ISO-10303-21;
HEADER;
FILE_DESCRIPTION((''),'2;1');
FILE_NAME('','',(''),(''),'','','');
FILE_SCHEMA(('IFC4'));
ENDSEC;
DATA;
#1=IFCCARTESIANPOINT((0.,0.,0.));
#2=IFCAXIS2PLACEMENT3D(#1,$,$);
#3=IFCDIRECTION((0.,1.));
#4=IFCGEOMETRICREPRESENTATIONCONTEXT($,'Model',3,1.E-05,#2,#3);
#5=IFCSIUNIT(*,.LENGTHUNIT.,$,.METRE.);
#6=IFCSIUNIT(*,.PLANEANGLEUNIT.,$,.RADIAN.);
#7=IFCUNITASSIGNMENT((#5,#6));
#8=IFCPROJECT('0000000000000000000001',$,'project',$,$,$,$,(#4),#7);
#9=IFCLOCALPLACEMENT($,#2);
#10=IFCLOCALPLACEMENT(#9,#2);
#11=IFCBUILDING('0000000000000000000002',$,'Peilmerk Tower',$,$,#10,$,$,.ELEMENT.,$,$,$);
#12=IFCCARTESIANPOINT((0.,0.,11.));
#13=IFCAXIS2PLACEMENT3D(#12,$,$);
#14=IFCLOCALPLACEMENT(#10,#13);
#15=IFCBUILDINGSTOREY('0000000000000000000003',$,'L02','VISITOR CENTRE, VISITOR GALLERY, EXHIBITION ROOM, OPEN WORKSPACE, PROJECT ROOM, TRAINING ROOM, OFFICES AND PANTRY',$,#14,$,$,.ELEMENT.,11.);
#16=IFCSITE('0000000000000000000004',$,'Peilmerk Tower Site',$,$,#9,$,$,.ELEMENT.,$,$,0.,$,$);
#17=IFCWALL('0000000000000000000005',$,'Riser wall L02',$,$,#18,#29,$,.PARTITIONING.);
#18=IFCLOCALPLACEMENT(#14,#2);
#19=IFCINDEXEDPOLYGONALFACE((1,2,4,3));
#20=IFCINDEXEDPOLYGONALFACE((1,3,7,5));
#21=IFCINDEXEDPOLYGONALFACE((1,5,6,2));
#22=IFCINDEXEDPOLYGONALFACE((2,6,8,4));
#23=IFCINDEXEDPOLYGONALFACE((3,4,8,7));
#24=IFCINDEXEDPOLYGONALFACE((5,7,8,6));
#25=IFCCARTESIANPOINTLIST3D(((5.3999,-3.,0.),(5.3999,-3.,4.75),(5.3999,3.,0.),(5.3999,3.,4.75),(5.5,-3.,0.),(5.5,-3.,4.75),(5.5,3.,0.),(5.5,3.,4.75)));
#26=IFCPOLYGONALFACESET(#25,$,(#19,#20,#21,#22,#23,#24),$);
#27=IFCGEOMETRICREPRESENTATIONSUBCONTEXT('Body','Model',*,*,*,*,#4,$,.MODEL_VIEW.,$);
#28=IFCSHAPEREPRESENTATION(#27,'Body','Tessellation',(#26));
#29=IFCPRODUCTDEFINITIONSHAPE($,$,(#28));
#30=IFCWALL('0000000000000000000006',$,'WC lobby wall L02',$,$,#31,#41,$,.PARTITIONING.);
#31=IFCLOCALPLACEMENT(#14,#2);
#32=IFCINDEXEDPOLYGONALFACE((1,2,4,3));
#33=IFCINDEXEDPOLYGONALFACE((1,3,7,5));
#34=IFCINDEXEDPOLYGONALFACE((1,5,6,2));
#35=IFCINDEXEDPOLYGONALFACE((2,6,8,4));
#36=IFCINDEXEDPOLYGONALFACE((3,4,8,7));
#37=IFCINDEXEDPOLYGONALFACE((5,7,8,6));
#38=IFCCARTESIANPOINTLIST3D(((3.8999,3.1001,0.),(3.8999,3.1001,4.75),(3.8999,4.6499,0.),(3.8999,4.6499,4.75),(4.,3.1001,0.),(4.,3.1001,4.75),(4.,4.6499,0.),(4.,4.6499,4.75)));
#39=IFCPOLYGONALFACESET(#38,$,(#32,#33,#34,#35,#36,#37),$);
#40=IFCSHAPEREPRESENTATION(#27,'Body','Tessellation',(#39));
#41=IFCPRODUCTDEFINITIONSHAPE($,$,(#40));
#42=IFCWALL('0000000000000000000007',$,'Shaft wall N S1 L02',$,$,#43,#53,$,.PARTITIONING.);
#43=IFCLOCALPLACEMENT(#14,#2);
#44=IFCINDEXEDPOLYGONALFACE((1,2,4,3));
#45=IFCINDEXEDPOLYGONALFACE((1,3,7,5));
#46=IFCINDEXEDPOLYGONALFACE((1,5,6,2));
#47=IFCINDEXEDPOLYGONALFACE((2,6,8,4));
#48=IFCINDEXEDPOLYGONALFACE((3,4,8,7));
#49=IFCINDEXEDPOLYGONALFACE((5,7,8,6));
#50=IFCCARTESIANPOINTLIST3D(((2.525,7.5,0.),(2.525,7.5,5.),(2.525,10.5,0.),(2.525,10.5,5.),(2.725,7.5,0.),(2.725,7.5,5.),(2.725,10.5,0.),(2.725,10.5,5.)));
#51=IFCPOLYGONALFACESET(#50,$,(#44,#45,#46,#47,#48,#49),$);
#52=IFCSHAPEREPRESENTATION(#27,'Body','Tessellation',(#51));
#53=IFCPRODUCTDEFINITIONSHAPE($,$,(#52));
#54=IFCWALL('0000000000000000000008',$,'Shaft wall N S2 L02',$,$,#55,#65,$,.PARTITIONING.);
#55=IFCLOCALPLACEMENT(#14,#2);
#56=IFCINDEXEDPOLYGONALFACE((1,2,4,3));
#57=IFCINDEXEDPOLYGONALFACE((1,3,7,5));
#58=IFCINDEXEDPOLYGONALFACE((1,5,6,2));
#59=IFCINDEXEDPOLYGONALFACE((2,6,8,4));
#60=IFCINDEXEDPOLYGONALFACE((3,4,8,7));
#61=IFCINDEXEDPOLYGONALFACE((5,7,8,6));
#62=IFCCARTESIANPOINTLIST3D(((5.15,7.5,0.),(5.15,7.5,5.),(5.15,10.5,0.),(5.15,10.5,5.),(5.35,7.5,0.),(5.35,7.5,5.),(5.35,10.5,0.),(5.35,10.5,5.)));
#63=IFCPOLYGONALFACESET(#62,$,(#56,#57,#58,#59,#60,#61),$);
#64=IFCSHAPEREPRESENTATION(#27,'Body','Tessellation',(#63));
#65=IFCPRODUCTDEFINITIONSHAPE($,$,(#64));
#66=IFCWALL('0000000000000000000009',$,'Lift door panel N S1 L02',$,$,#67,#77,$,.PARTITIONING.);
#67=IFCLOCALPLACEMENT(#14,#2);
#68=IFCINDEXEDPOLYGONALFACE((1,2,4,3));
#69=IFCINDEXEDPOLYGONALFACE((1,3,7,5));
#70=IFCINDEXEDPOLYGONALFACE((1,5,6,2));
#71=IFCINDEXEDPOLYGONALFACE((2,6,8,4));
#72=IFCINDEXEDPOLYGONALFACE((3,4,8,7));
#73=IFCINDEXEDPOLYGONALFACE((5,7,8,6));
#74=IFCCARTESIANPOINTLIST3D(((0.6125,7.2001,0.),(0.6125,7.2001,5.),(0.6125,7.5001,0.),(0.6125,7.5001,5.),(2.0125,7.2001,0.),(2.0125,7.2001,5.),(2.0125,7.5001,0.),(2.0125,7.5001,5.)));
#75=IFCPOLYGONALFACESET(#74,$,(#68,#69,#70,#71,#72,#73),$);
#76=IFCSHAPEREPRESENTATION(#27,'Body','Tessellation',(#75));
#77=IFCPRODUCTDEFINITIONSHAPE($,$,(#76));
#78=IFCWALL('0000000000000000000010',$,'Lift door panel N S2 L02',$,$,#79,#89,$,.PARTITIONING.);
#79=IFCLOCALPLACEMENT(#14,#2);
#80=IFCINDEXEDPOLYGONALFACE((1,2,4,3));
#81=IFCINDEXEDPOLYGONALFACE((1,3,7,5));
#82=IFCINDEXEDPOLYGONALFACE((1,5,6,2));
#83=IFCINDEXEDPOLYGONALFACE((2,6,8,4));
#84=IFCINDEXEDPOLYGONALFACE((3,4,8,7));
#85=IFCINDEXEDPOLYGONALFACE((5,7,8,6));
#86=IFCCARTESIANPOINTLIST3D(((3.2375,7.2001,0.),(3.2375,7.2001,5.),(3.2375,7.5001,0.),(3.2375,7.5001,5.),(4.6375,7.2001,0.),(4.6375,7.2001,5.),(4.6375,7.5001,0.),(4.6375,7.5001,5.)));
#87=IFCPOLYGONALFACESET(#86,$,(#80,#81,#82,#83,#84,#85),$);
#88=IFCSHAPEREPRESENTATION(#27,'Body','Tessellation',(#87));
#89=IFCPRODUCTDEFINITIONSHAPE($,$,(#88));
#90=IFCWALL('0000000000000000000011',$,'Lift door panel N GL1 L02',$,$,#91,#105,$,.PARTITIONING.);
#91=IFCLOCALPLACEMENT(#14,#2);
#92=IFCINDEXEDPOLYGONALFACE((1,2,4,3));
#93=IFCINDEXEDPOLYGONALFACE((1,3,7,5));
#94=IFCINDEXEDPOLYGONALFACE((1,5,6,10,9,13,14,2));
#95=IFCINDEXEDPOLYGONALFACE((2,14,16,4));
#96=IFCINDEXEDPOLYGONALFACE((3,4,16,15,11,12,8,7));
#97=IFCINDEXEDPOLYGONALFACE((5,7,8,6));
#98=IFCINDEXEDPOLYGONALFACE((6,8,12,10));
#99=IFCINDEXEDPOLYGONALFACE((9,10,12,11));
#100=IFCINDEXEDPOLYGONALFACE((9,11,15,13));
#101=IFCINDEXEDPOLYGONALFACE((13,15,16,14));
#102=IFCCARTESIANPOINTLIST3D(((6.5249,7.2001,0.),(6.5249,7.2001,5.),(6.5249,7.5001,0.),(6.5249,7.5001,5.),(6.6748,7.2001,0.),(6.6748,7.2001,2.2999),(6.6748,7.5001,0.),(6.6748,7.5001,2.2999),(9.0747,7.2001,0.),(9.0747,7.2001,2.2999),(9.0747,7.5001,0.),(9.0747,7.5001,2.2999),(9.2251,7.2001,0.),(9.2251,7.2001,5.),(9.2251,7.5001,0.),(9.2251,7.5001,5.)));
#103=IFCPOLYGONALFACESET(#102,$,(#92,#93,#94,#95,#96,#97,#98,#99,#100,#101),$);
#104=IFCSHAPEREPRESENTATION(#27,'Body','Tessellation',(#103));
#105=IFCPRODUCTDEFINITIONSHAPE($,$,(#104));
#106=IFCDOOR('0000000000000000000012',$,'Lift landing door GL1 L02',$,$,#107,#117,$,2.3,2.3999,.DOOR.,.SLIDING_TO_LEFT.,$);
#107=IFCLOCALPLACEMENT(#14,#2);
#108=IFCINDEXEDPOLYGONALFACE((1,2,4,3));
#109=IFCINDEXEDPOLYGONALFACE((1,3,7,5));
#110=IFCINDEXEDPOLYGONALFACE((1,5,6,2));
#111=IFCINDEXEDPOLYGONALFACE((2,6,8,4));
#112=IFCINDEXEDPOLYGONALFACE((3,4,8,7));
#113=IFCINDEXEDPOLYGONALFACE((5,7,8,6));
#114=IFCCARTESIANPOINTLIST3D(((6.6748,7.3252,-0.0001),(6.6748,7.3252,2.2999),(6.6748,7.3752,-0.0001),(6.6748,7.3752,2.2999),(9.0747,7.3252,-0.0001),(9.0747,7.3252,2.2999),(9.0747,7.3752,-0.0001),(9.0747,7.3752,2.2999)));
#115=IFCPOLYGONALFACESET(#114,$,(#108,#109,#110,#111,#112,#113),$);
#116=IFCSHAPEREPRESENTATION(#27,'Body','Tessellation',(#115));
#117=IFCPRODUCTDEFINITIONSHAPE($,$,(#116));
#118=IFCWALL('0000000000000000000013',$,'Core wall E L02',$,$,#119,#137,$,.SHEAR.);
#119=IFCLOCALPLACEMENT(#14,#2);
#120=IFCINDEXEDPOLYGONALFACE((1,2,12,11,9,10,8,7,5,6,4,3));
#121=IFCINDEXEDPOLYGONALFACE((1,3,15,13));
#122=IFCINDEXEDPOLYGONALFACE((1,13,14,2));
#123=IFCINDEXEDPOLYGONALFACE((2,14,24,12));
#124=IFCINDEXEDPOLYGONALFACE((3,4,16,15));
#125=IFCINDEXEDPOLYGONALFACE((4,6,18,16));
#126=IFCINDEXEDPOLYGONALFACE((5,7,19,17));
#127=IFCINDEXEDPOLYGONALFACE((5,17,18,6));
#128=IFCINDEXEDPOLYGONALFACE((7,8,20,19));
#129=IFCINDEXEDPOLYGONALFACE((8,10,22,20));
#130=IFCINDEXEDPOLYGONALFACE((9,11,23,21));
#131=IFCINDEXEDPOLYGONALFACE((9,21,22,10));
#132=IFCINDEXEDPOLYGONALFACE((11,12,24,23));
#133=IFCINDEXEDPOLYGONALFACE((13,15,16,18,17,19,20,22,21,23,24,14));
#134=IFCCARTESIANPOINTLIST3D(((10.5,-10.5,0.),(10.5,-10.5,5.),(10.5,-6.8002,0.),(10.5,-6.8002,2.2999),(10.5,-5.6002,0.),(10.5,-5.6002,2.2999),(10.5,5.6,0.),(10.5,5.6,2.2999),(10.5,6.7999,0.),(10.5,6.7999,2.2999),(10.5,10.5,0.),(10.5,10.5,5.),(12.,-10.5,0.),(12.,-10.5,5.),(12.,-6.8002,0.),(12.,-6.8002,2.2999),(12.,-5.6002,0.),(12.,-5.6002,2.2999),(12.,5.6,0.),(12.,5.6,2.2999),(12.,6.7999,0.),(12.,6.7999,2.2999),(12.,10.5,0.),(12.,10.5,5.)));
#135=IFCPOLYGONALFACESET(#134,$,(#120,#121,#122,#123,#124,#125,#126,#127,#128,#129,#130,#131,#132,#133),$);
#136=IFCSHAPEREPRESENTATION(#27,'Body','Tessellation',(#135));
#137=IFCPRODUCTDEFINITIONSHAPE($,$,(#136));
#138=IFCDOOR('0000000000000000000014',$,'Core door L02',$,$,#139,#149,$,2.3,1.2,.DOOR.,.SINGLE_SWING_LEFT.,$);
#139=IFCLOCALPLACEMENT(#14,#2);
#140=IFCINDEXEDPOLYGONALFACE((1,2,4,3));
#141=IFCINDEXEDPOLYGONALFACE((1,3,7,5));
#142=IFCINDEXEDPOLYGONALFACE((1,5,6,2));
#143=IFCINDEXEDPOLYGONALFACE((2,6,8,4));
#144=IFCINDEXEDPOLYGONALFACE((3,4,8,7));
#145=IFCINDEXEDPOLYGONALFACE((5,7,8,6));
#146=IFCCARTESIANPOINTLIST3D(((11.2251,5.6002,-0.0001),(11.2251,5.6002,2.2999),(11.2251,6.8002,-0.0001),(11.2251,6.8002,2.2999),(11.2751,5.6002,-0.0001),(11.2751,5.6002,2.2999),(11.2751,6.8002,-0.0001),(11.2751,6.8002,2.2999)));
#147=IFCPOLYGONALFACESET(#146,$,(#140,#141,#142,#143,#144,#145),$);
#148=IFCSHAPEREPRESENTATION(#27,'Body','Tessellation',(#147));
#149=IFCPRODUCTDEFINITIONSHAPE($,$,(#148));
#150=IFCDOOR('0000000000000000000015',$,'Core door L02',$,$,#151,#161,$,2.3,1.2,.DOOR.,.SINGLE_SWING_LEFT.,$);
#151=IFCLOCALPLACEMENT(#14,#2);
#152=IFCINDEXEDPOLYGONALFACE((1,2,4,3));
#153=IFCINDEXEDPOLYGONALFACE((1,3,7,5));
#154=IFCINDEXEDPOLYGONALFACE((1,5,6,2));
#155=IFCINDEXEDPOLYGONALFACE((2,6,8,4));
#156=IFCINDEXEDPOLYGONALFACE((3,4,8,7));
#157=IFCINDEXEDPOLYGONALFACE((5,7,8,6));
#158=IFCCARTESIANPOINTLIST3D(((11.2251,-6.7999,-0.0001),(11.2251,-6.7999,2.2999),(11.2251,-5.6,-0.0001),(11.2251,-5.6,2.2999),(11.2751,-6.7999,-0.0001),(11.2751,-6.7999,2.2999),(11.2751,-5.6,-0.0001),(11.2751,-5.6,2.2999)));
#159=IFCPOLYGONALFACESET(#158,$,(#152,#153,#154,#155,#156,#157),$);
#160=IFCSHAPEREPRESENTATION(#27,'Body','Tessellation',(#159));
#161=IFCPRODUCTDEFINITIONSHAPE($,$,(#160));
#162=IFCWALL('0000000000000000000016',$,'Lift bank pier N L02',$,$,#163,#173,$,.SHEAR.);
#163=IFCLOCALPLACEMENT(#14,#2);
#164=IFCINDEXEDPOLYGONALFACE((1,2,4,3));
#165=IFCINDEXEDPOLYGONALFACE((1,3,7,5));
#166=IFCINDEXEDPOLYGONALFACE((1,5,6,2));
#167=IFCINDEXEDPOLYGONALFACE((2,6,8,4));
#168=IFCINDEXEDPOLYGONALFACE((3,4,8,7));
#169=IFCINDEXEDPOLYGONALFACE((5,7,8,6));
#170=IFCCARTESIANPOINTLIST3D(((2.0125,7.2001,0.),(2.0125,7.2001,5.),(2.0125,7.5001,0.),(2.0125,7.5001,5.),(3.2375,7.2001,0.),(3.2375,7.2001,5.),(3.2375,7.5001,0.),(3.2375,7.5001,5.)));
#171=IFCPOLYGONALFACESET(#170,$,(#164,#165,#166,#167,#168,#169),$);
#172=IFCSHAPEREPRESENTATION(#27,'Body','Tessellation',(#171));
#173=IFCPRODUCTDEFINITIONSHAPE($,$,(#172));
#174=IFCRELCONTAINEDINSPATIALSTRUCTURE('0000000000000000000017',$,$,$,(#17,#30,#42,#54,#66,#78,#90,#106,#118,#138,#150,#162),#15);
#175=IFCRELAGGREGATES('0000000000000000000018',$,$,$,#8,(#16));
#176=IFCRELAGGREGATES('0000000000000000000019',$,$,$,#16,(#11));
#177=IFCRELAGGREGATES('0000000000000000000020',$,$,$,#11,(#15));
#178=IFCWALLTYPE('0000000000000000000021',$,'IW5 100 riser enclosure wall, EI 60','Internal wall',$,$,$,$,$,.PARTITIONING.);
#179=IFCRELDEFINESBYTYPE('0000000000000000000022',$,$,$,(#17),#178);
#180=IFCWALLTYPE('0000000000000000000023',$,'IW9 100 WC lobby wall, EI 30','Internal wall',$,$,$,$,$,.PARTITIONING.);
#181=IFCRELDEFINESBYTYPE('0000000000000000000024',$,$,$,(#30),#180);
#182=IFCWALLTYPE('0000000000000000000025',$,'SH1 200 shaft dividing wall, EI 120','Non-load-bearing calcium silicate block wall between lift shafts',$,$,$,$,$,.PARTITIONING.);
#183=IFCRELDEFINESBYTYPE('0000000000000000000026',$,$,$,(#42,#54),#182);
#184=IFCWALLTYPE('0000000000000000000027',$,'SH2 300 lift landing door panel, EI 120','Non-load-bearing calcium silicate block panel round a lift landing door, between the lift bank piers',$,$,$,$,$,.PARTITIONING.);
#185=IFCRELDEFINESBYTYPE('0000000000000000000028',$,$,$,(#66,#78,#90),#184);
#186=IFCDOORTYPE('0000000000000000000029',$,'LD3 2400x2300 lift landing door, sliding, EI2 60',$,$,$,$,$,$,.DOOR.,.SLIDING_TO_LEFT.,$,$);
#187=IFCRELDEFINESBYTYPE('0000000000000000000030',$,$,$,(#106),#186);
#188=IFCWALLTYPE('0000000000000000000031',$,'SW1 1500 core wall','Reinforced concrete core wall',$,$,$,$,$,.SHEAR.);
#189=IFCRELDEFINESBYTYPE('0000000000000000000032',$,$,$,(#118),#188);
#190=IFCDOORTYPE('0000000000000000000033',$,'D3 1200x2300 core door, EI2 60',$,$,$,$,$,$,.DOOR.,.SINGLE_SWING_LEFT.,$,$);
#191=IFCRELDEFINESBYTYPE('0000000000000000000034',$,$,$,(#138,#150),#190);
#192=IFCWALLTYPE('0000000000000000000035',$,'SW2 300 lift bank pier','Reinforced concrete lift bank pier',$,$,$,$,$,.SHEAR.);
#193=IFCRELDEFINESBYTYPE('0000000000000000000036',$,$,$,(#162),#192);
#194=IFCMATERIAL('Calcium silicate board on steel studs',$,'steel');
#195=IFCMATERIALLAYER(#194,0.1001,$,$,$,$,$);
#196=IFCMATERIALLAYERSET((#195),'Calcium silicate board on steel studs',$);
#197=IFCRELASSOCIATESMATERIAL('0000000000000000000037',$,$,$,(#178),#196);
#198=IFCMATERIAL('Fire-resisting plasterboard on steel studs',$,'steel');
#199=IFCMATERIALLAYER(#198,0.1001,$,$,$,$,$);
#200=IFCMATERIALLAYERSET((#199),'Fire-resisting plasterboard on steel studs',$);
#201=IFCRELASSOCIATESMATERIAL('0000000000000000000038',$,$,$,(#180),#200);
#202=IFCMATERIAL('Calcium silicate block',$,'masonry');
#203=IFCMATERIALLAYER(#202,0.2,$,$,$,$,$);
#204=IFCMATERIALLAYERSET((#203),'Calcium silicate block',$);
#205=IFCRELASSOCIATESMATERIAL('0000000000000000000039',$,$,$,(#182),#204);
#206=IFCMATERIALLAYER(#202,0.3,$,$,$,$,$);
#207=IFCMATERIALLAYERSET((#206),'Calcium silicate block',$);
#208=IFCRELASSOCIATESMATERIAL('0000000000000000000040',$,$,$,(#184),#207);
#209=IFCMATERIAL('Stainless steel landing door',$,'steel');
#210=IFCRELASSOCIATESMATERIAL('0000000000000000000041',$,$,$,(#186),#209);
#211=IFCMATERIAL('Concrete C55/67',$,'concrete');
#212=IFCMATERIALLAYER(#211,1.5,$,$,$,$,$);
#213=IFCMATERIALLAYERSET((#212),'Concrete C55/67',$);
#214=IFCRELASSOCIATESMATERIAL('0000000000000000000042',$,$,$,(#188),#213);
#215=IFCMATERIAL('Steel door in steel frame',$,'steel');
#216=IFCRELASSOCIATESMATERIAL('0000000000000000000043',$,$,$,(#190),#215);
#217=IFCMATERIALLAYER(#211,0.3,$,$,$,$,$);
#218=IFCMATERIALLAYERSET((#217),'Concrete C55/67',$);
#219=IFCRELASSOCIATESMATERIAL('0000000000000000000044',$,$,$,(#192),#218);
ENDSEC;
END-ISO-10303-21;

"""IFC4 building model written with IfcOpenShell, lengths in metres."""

from ifc_helpers import new_model, si_unit, direction, frame, frame_2d, origin, place, context, subcontext, project, spatial, rectangle, extrude, material, layer, layer_set, type_object, element, fill, save


model = new_model("IFC4")

# Units and contexts
model_context = context("Model", 3, precision=1e-05, world=origin(), true_north=direction((0.0, 1.0)))
body_context = subcontext(model_context, "Body", "Model", "MODEL_VIEW")
ifc_project = project(units=[si_unit("LENGTHUNIT", "METRE"), si_unit("PLANEANGLEUNIT", "RADIAN")], contexts=[model_context])

# Site, building, storey
site_placement = place(None, origin())
site = spatial("IfcSite", under=ifc_project, at=site_placement, Name="Peilmerk Tower Site", CompositionType="ELEMENT", RefElevation=0.0)
building_placement = place(site_placement, origin())
building = spatial("IfcBuilding", under=site, at=building_placement, Name="Peilmerk Tower", CompositionType="ELEMENT")
storey_placement = place(building_placement, frame((0.0, 0.0, 11.0)))
storey = spatial("IfcBuildingStorey", under=building, at=storey_placement, Name="L02", Description="VISITOR CENTRE, VISITOR GALLERY, EXHIBITION ROOM, OPEN WORKSPACE, PROJECT ROOM, TRAINING ROOM, OFFICES AND PANTRY", CompositionType="ELEMENT", Elevation=11.0)

# Shared definitions
ifc_material_1 = material(Name="Calcium silicate board on steel studs", Category="steel")
ifc_layer_1 = layer(ifc_material_1, 0.1001)
ifc_layer_set_1 = layer_set([ifc_layer_1], Name="Calcium silicate board on steel studs")
wall_type_1 = type_object("IfcWallType", Name="IW5 100 riser enclosure wall, EI 60", Description="Internal wall", PredefinedType="PARTITIONING", material=ifc_layer_set_1)
ifc_material_2 = material(Name="Steel door in steel frame", Category="steel")

# Walls
wall_1_placement = place(storey_placement, frame((5.45, 3.0, 0.0), z_axis=(0.0, 0.0, 1.0), x_axis=(0.0, -1.0, 0.0)))
element("IfcWall", 1, at=wall_1_placement, inside=storey, type_object=wall_type_1, Name="Riser wall L02", PredefinedType="PARTITIONING", context=body_context, shape_type="SweptSolid", body=[
    extrude(rectangle(XDim=6.0, YDim=0.1001, at=frame_2d((3.0, 0.0))), origin(), (0.0, 0.0, 1.0), 4.75),
])
ifc_material_3 = material(Name="Fire-resisting plasterboard on steel studs", Category="steel")
ifc_layer_2 = layer(ifc_material_3, 0.1001)
ifc_layer_set_2 = layer_set([ifc_layer_2], Name="Fire-resisting plasterboard on steel studs")
wall_type_2 = type_object("IfcWallType", Name="IW9 100 WC lobby wall, EI 30", Description="Internal wall", PredefinedType="PARTITIONING", material=ifc_layer_set_2)
wall_2_placement = place(storey_placement, frame((3.95, 3.1001, 0.0), z_axis=(0.0, 0.0, 1.0), x_axis=(0.0, 1.0, 0.0)))
element("IfcWall", 2, at=wall_2_placement, inside=storey, type_object=wall_type_2, Name="WC lobby wall L02", PredefinedType="PARTITIONING", context=body_context, shape_type="SweptSolid", body=[
    extrude(rectangle(XDim=1.5498, YDim=0.1001, at=frame_2d((0.7749, 0.0))), origin(), (0.0, 0.0, 1.0), 4.75),
])
ifc_material_4 = material(Name="Calcium silicate block", Category="masonry")
ifc_layer_3 = layer(ifc_material_4, 0.2)
ifc_layer_set_3 = layer_set([ifc_layer_3], Name="Calcium silicate block")
wall_type_3 = type_object("IfcWallType", Name="SH1 200 shaft dividing wall, EI 120", Description="Non-load-bearing calcium silicate block wall between lift shafts", PredefinedType="PARTITIONING", material=ifc_layer_set_3)
for number, where, z_axis, x_axis, name in (
    (3, (2.625, 7.5, 0.0), (0.0, 0.0, 1.0), (0.0, 1.0, 0.0), "Shaft wall N S1 L02"),
    (4, (5.25, 7.5, 0.0), (0.0, 0.0, 1.0), (0.0, 1.0, 0.0), "Shaft wall N S2 L02"),
):
    element("IfcWall", number, at=place(storey_placement, frame(where, z_axis=z_axis, x_axis=x_axis)), inside=storey, type_object=wall_type_3, Name=name, PredefinedType="PARTITIONING", context=body_context, shape_type="SweptSolid", body=[
        extrude(rectangle(XDim=3.0, YDim=0.2, at=frame_2d((1.5, 0.0))), origin(), (0.0, 0.0, 1.0), 5.0),
    ])
ifc_layer_4 = layer(ifc_material_4, 0.3)
ifc_layer_set_4 = layer_set([ifc_layer_4], Name="Calcium silicate block")
wall_type_4 = type_object("IfcWallType", Name="SH2 300 lift landing door panel, EI 120", Description="Non-load-bearing calcium silicate block panel round a lift landing door, between the lift bank piers", PredefinedType="PARTITIONING", material=ifc_layer_set_4)
for number, where, z_axis, x_axis, name in (
    (5, (0.6125, 7.3501, 0.0), (0.0, 0.0, 1.0), (1.0, 0.0, 0.0), "Lift door panel N S1 L02"),
    (6, (3.2375, 7.3501, 0.0), (0.0, 0.0, 1.0), (1.0, 0.0, 0.0), "Lift door panel N S2 L02"),
):
    element("IfcWall", number, at=place(storey_placement, frame(where, z_axis=z_axis, x_axis=x_axis)), inside=storey, type_object=wall_type_4, Name=name, PredefinedType="PARTITIONING", context=body_context, shape_type="SweptSolid", body=[
        extrude(rectangle(XDim=1.3999, YDim=0.3, at=frame_2d((0.7, 0.0))), origin(), (0.0, 0.0, 1.0), 5.0),
    ])

# Wall, opening, door
wall_3_placement = place(storey_placement, frame((6.5249, 7.3501, 0.0), z_axis=(0.0, 0.0, 1.0), x_axis=(1.0, 0.0, 0.0)))
wall_3 = element("IfcWall", 7, at=wall_3_placement, inside=storey, type_object=wall_type_4, Name="Lift door panel N GL1 L02", PredefinedType="PARTITIONING", context=body_context, shape_type="SweptSolid", body=[
    extrude(rectangle(XDim=2.7002, YDim=0.3, at=frame_2d((1.3501, 0.0))), origin(), (0.0, 0.0, 1.0), 5.0),
])
opening_1_placement = place(wall_3_placement, frame((0.1499, 0.0, 0.0)))
opening_1 = element("IfcOpeningElement", 8, at=opening_1_placement, cuts=wall_3, PredefinedType="OPENING", context=body_context, shape_type="SweptSolid", body=[
    extrude(rectangle(XDim=2.3999, YDim=2.3, at=frame_2d((1.2, 1.1499))), frame((0.0, 0.1599, 0.0), z_axis=(0.0, -1.0, 0.0), x_axis=(1.0, 0.0, 0.0)), (0.0, 0.0, 1.0), 0.3201),
])
ifc_material_5 = material(Name="Stainless steel landing door", Category="steel")
door_type_1 = type_object("IfcDoorType", Name="LD3 2400x2300 lift landing door, sliding, EI2 60", OperationType="SLIDING_TO_LEFT", PredefinedType="DOOR", material=ifc_material_5)
door_1_placement = place(opening_1_placement, frame((2.3999, 0.0, 0.0), z_axis=(0.0, 0.0, 1.0), x_axis=(-1.0, 0.0, 0.0)))
door_1 = element("IfcDoor", 9, at=door_1_placement, inside=storey, type_object=door_type_1, Name="Lift landing door GL1 L02", OperationType="SLIDING_TO_LEFT", OverallHeight=2.3, OverallWidth=2.3999, PredefinedType="DOOR", context=body_context, shape_type="SweptSolid", body=[
    extrude(rectangle(XDim=2.3999, YDim=2.3, at=frame_2d((1.2, 1.1499))), frame((0.0, 0.0249, 0.0), z_axis=(0.0, -1.0, 0.0), x_axis=(1.0, 0.0, 0.0)), (0.0, 0.0, 1.0), 0.05),
])
fill(opening_1, door_1)

# Wall, openings, doors
ifc_material_6 = material(Name="Concrete C55/67", Category="concrete")
ifc_layer_5 = layer(ifc_material_6, 1.5)
ifc_layer_set_5 = layer_set([ifc_layer_5], Name="Concrete C55/67")
wall_type_5 = type_object("IfcWallType", Name="SW1 1500 core wall", Description="Reinforced concrete core wall", PredefinedType="SHEAR", material=ifc_layer_set_5)
wall_4_placement = place(storey_placement, frame((11.25, 10.5, 0.0), z_axis=(0.0, 0.0, 1.0), x_axis=(0.0, -1.0, 0.0)))
wall_4 = element("IfcWall", 10, at=wall_4_placement, inside=storey, type_object=wall_type_5, Name="Core wall E L02", PredefinedType="SHEAR", context=body_context, shape_type="SweptSolid", body=[
    extrude(rectangle(XDim=21.0, YDim=1.5, at=frame_2d((10.5, 0.0))), origin(), (0.0, 0.0, 1.0), 5.0),
])
opening_2_placement = place(wall_4_placement, frame((3.7, 0.0, 0.0)))
opening_2 = element("IfcOpeningElement", 11, at=opening_2_placement, cuts=wall_4, PredefinedType="OPENING", context=body_context, shape_type="SweptSolid", body=[
    extrude(rectangle(XDim=1.2, YDim=2.3, at=frame_2d((0.6001, 1.1499))), frame((0.0, 0.76, 0.0), z_axis=(0.0, -1.0, 0.0), x_axis=(1.0, 0.0, 0.0)), (0.0, 0.0, 1.0), 1.52),
])
opening_3_placement = place(wall_4_placement, frame((16.1001, 0.0, 0.0)))
opening_3 = element("IfcOpeningElement", 12, at=opening_3_placement, cuts=wall_4, PredefinedType="OPENING", context=body_context, shape_type="SweptSolid", body=[
    extrude(rectangle(XDim=1.2, YDim=2.3, at=frame_2d((0.6001, 1.1499))), frame((0.0, 0.76, 0.0), z_axis=(0.0, -1.0, 0.0), x_axis=(1.0, 0.0, 0.0)), (0.0, 0.0, 1.0), 1.52),
])
door_type_2 = type_object("IfcDoorType", Name="D3 1200x2300 core door, EI2 60", OperationType="SINGLE_SWING_LEFT", PredefinedType="DOOR", material=ifc_material_2)
door_2_placement = place(opening_2_placement, frame((1.2, 0.0, 0.0), z_axis=(0.0, 0.0, 1.0), x_axis=(-1.0, 0.0, 0.0)))
door_2 = element("IfcDoor", 13, at=door_2_placement, inside=storey, type_object=door_type_2, Name="Core door L02", OperationType="SINGLE_SWING_LEFT", OverallHeight=2.3, OverallWidth=1.2, PredefinedType="DOOR", context=body_context, shape_type="SweptSolid", body=[
    extrude(rectangle(XDim=1.2, YDim=2.3, at=frame_2d((0.6001, 1.1499))), frame((0.0, 0.0249, 0.0), z_axis=(0.0, -1.0, 0.0), x_axis=(1.0, 0.0, 0.0)), (0.0, 0.0, 1.0), 0.05),
])
fill(opening_2, door_2)
door_3_placement = place(opening_3_placement, frame((1.2, 0.0, 0.0), z_axis=(0.0, 0.0, 1.0), x_axis=(-1.0, 0.0, 0.0)))
door_3 = element("IfcDoor", 14, at=door_3_placement, inside=storey, type_object=door_type_2, Name="Core door L02", OperationType="SINGLE_SWING_LEFT", OverallHeight=2.3, OverallWidth=1.2, PredefinedType="DOOR", context=body_context, shape_type="SweptSolid", body=[
    extrude(rectangle(XDim=1.2, YDim=2.3, at=frame_2d((0.6001, 1.1499))), frame((0.0, 0.0249, 0.0), z_axis=(0.0, -1.0, 0.0), x_axis=(1.0, 0.0, 0.0)), (0.0, 0.0, 1.0), 0.05),
])
fill(opening_3, door_3)

# Wall
ifc_layer_6 = layer(ifc_material_6, 0.3)
ifc_layer_set_6 = layer_set([ifc_layer_6], Name="Concrete C55/67")
wall_type_6 = type_object("IfcWallType", Name="SW2 300 lift bank pier", Description="Reinforced concrete lift bank pier", PredefinedType="SHEAR", material=ifc_layer_set_6)
wall_5_placement = place(storey_placement, frame((2.0125, 7.3501, 0.0), z_axis=(0.0, 0.0, 1.0), x_axis=(1.0, 0.0, 0.0)))
element("IfcWall", 15, at=wall_5_placement, inside=storey, type_object=wall_type_6, Name="Lift bank pier N L02", PredefinedType="SHEAR", context=body_context, shape_type="SweptSolid", body=[
    extrude(rectangle(XDim=1.2251, YDim=0.3, at=frame_2d((0.6125, 0.0))), origin(), (0.0, 0.0, 1.0), 5.0),
])

save(model, "model.ifc")
